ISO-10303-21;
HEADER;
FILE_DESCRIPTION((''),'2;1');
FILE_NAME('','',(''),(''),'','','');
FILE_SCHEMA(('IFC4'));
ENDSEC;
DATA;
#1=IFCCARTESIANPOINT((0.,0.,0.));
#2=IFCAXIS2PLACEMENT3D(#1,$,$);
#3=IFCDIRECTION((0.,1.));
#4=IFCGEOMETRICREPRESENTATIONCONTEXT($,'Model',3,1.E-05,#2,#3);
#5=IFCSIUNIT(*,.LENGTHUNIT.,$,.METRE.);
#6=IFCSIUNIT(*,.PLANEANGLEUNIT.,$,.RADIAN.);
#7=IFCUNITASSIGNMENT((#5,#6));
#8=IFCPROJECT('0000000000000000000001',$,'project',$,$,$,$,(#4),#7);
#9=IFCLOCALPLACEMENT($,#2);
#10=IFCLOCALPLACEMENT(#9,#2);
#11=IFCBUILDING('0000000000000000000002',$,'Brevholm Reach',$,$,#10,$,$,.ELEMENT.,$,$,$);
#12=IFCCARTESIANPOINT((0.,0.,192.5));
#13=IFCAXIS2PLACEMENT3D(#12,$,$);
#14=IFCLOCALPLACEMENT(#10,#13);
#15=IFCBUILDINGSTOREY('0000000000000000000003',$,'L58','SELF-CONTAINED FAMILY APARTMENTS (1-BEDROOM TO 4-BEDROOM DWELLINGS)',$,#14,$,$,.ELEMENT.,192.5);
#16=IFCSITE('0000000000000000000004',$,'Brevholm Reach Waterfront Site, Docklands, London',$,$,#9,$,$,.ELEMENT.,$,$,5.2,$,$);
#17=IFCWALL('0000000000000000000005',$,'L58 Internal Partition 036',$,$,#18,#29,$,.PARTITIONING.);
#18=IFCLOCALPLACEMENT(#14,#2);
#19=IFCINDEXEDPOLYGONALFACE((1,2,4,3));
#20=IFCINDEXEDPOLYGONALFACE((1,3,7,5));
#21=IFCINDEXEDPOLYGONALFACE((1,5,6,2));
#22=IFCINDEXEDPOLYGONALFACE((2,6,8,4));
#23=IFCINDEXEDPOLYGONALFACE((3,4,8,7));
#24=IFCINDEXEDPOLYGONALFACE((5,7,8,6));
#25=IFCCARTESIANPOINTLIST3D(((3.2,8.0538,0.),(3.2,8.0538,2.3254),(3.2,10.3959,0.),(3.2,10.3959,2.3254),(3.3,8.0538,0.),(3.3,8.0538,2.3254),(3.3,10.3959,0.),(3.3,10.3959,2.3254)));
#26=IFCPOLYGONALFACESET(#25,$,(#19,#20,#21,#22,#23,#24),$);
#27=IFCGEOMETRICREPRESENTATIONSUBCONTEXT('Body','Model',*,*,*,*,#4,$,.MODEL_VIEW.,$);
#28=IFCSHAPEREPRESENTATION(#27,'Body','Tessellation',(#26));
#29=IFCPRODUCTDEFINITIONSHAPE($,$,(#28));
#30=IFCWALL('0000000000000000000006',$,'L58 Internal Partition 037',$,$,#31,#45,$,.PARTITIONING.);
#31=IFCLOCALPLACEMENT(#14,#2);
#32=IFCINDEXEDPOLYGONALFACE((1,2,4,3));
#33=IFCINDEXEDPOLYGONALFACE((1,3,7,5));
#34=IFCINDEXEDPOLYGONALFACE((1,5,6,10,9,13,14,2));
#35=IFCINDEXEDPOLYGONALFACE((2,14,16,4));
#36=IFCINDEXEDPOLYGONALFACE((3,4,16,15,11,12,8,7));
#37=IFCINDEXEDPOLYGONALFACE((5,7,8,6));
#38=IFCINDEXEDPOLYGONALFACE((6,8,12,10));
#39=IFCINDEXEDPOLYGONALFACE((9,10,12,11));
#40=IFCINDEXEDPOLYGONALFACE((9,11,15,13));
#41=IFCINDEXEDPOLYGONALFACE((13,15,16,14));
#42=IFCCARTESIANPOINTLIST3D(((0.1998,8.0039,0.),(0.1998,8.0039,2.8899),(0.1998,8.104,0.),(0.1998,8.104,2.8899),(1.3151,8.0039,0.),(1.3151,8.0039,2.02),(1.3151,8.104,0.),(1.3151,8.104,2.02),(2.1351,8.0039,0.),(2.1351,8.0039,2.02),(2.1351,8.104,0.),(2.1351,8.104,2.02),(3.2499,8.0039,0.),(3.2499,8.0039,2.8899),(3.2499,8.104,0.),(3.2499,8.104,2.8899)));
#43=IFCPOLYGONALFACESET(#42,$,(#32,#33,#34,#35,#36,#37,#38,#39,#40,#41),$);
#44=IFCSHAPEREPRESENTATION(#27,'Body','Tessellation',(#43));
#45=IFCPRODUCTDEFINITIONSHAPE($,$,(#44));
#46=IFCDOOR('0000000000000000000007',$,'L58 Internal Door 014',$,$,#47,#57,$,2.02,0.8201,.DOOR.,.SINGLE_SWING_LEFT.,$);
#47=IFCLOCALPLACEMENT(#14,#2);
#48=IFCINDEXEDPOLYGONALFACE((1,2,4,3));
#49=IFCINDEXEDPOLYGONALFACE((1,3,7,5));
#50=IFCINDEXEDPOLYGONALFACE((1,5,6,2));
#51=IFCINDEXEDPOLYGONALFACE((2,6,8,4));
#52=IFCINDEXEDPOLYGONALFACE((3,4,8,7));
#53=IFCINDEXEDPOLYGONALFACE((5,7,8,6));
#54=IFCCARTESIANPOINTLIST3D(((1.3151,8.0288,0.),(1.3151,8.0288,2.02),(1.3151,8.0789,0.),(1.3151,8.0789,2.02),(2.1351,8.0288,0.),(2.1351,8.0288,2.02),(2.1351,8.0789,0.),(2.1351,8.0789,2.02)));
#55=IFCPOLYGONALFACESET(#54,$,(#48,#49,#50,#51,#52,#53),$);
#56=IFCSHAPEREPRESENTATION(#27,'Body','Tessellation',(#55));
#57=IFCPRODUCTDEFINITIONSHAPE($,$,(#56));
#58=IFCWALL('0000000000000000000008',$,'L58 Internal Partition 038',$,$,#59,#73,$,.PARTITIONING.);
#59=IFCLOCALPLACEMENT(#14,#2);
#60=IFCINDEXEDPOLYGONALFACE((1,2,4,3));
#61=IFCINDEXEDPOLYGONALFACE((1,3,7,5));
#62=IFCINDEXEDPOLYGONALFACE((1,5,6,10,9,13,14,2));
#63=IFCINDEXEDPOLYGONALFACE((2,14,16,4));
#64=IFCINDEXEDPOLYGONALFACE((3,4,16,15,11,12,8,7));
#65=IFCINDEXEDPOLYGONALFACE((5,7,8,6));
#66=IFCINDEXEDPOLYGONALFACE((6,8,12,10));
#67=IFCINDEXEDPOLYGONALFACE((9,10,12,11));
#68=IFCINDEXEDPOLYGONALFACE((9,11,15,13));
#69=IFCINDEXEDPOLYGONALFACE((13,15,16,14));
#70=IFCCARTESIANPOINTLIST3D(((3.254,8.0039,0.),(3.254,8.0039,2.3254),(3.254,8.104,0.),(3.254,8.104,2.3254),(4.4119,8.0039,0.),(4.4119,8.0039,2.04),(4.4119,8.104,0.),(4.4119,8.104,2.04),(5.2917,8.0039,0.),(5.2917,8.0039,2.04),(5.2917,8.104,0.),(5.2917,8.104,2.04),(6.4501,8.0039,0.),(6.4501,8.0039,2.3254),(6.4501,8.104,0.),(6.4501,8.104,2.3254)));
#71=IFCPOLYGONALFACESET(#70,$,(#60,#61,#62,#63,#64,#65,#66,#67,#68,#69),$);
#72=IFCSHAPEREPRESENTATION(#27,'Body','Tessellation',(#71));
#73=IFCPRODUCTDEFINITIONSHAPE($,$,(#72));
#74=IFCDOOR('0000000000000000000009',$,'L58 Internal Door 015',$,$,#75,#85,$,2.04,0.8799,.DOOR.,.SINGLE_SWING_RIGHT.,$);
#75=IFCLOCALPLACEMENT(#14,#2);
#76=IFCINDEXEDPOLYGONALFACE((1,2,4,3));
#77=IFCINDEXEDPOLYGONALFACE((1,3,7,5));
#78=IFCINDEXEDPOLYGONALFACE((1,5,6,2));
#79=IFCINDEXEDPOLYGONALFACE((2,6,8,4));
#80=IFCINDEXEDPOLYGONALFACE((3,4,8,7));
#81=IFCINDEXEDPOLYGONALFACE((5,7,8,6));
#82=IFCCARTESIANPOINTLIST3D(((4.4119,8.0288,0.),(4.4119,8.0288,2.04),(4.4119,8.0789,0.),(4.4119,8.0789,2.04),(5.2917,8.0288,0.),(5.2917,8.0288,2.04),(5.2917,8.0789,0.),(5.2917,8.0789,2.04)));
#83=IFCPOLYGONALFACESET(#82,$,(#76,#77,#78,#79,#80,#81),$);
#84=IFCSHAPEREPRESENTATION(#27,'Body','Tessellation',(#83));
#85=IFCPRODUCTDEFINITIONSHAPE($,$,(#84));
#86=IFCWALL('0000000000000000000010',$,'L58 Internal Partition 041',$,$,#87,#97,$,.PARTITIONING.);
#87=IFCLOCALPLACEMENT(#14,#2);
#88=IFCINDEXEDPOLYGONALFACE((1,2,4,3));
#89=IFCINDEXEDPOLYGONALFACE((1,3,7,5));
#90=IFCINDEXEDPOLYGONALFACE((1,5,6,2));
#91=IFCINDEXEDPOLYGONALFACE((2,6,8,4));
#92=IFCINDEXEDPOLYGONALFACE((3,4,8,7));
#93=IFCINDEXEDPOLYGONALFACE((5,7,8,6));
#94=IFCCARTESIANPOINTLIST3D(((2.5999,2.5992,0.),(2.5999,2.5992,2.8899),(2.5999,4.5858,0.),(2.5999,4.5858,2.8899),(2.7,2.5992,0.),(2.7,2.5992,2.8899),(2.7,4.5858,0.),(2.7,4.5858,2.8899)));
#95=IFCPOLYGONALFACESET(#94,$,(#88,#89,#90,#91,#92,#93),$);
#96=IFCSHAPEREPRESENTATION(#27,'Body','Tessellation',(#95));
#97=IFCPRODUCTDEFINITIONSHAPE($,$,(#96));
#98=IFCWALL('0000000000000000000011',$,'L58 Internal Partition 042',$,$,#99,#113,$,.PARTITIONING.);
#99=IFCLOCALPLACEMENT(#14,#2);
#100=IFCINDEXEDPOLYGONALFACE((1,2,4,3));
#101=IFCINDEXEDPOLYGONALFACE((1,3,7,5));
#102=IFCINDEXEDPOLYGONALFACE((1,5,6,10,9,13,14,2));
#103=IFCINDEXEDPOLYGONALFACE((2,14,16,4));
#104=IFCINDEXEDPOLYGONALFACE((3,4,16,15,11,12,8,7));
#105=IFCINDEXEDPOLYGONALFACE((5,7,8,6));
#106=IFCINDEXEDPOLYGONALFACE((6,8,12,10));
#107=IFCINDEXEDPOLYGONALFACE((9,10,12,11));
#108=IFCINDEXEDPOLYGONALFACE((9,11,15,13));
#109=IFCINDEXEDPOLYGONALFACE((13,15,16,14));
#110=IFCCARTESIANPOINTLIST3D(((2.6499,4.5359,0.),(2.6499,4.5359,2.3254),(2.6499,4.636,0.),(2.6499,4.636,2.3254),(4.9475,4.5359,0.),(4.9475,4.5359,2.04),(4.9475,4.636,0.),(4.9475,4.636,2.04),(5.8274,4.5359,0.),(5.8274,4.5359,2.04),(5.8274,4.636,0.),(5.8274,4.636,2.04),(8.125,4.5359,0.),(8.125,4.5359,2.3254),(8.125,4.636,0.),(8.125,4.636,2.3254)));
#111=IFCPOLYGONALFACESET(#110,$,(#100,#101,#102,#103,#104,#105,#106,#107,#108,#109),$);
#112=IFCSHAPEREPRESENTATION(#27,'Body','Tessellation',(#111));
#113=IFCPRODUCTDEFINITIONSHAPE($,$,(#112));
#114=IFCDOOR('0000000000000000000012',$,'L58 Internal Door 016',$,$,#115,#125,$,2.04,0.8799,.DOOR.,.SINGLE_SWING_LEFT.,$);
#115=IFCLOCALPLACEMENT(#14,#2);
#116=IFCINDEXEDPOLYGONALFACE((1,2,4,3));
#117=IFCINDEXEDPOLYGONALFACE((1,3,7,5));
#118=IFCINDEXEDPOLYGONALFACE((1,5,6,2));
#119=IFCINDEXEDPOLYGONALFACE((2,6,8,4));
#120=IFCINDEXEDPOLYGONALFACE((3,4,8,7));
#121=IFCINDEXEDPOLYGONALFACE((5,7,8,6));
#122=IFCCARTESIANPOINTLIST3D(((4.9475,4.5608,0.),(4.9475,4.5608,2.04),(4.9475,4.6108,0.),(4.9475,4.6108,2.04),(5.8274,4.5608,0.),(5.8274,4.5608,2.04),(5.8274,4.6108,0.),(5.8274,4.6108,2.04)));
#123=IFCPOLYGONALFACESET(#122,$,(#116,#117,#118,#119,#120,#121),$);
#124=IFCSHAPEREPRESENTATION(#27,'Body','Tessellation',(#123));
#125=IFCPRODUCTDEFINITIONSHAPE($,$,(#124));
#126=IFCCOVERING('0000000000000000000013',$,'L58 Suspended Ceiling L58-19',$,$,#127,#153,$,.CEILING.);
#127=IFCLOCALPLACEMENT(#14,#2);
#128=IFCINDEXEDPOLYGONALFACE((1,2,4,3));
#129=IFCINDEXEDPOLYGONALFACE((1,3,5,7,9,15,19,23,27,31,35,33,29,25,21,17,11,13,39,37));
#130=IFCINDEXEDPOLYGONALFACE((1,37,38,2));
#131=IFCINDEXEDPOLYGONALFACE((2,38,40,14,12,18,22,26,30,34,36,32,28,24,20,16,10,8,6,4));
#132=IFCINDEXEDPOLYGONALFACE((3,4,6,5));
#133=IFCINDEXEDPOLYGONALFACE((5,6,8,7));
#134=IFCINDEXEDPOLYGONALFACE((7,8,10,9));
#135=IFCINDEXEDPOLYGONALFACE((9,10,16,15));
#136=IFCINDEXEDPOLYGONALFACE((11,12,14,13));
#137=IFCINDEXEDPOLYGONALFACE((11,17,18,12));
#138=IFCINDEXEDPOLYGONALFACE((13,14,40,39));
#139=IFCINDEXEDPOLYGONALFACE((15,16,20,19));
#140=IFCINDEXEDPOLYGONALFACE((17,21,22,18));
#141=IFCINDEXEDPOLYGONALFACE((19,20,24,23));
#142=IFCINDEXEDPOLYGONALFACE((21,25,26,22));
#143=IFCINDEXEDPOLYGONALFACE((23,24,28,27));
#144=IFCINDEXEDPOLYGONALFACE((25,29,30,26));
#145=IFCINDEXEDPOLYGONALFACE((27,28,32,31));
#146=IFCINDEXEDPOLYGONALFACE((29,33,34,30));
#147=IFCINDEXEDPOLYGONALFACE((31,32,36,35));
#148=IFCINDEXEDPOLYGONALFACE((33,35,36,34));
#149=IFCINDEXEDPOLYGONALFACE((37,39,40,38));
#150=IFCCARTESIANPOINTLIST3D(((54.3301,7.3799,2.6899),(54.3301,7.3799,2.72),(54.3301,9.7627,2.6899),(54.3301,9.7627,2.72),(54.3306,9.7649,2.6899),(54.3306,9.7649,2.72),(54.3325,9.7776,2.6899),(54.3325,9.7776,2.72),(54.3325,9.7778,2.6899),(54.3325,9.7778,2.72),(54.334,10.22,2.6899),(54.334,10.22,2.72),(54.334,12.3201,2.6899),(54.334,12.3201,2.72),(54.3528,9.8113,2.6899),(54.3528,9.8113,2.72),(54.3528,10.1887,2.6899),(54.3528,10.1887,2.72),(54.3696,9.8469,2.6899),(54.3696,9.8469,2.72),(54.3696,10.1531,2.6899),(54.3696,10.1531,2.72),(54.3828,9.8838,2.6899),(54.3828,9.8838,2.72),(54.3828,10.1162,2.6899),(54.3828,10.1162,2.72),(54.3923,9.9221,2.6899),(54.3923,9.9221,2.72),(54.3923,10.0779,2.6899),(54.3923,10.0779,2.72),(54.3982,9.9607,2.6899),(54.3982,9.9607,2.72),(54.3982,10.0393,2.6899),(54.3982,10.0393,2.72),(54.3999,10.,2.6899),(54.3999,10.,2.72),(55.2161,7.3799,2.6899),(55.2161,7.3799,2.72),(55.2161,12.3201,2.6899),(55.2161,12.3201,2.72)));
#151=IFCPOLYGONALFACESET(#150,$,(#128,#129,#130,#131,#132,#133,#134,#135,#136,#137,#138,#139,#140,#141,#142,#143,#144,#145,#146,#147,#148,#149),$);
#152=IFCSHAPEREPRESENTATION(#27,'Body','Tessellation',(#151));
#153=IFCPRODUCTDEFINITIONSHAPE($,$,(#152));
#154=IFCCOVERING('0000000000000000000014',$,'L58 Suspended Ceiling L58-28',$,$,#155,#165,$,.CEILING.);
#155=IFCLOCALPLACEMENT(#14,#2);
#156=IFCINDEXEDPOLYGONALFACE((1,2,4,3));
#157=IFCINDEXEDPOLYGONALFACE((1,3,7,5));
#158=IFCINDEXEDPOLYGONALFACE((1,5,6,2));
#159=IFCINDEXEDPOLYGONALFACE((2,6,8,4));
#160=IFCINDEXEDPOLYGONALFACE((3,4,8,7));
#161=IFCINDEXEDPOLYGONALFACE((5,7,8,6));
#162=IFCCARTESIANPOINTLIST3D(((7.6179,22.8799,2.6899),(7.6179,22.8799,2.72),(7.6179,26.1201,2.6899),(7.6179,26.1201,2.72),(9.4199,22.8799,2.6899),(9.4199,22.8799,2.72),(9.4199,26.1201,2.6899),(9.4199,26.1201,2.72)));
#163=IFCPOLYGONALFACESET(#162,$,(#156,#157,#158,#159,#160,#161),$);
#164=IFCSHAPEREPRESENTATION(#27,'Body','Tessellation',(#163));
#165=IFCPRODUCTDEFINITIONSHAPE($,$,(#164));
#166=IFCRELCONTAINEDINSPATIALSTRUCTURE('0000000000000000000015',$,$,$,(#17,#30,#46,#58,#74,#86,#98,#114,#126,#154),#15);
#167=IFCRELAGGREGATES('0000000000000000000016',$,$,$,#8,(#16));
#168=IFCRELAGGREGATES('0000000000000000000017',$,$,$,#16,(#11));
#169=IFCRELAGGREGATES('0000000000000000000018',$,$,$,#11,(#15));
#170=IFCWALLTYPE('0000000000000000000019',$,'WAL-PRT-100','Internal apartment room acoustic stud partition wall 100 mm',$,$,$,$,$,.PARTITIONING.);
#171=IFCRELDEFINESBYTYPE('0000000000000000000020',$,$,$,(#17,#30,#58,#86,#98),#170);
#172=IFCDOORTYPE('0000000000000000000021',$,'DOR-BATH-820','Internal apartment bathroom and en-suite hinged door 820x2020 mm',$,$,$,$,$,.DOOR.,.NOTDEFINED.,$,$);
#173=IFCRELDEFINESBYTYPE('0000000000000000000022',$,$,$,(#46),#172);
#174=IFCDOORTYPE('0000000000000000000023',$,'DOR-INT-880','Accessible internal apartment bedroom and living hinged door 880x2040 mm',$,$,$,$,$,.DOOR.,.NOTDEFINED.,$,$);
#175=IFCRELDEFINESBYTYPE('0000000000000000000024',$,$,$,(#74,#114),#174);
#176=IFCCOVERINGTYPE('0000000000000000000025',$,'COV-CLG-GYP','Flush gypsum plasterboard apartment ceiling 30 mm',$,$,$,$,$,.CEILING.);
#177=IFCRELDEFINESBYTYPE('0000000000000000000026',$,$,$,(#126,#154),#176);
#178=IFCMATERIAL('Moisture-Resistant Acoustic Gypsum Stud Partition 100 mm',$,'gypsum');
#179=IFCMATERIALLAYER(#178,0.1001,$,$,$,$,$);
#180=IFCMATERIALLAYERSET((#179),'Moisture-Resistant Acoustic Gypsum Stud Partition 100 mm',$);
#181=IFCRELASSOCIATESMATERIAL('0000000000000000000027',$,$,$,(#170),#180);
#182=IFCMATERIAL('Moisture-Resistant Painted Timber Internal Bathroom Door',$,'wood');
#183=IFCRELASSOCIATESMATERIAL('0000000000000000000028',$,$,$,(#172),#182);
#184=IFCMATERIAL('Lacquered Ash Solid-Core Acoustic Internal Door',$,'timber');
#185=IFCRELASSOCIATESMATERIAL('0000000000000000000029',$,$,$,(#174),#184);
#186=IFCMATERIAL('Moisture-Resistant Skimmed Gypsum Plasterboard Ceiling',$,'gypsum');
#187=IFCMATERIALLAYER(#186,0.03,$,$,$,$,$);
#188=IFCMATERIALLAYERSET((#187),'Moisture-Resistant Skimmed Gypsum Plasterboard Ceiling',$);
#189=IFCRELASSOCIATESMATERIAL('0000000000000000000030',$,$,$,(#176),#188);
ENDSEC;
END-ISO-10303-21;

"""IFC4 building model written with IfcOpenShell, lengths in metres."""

from ifc_helpers import new_model, si_unit, direction, frame, frame_2d, origin, place, context, subcontext, project, spatial, polyline, rectangle, outline, extrude, material, layer, layer_set, type_object, element, fill, save


model = new_model("IFC4")

# Units and contexts
model_context = context("Model", 3, precision=1e-05, world=origin(), true_north=direction((0.0, 1.0)))
body_context = subcontext(model_context, "Body", "Model", "MODEL_VIEW")
ifc_project = project(units=[si_unit("LENGTHUNIT", "METRE"), si_unit("PLANEANGLEUNIT", "RADIAN")], contexts=[model_context])

# Site, building, storey
site_placement = place(None, origin())
site = spatial("IfcSite", under=ifc_project, at=site_placement, Name="Brevholm Reach Waterfront Site, Docklands, London", CompositionType="ELEMENT", RefElevation=5.2)
building_placement = place(site_placement, origin())
building = spatial("IfcBuilding", under=site, at=building_placement, Name="Brevholm Reach", CompositionType="ELEMENT")
storey_placement = place(building_placement, frame((0.0, 0.0, 192.5)))
storey = spatial("IfcBuildingStorey", under=building, at=storey_placement, Name="L58", Description="SELF-CONTAINED FAMILY APARTMENTS (1-BEDROOM TO 4-BEDROOM DWELLINGS)", CompositionType="ELEMENT", Elevation=192.5)

# Wall
ifc_material_1 = material(Name="Moisture-Resistant Acoustic Gypsum Stud Partition 100 mm", Category="gypsum")
ifc_layer_1 = layer(ifc_material_1, 0.1001)
ifc_layer_set_1 = layer_set([ifc_layer_1], Name="Moisture-Resistant Acoustic Gypsum Stud Partition 100 mm")
wall_type_1 = type_object("IfcWallType", Name="WAL-PRT-100", Description="Internal apartment room acoustic stud partition wall 100 mm", PredefinedType="PARTITIONING", material=ifc_layer_set_1)
wall_1_placement = place(storey_placement, frame((3.25, 8.054, 0.0), z_axis=(0.0, 0.0, 1.0), x_axis=(0.0, 1.0, 0.0)))
element("IfcWall", 1, at=wall_1_placement, inside=storey, type_object=wall_type_1, Name="L58 Internal Partition 036", PredefinedType="PARTITIONING", context=body_context, shape_type="SweptSolid", body=[
    extrude(rectangle(XDim=2.342, YDim=0.1001, at=frame_2d((1.1709, 0.0))), origin(), (0.0, 0.0, 1.0), 2.3254),
])

# Walls, openings, doors
wall_2_placement = place(storey_placement, frame((0.2, 8.054, 0.0), z_axis=(0.0, 0.0, 1.0), x_axis=(1.0, 0.0, 0.0)))
wall_2 = element("IfcWall", 2, at=wall_2_placement, inside=storey, type_object=wall_type_1, Name="L58 Internal Partition 037", PredefinedType="PARTITIONING", context=body_context, shape_type="SweptSolid", body=[
    extrude(rectangle(XDim=3.05, YDim=0.1001, at=frame_2d((1.5249, 0.0))), origin(), (0.0, 0.0, 1.0), 2.8899),
])
opening_1_placement = place(wall_2_placement, frame((1.115, 0.0, 0.0)))
opening_1 = element("IfcOpeningElement", 3, at=opening_1_placement, cuts=wall_2, PredefinedType="OPENING", context=body_context, shape_type="SweptSolid", body=[
    extrude(rectangle(XDim=0.8201, YDim=2.02, at=frame_2d((0.4102, 1.01))), frame((0.0, 0.0601, 0.0), z_axis=(0.0, -1.0, 0.0), x_axis=(1.0, 0.0, 0.0)), (0.0, 0.0, 1.0), 0.1201),
])
ifc_material_2 = material(Name="Moisture-Resistant Painted Timber Internal Bathroom Door", Category="wood")
door_type_1 = type_object("IfcDoorType", Name="DOR-BATH-820", Description="Internal apartment bathroom and en-suite hinged door 820x2020 mm", OperationType="NOTDEFINED", PredefinedType="DOOR", material=ifc_material_2)
door_1_placement = place(opening_1_placement, origin())
door_1 = element("IfcDoor", 4, at=door_1_placement, inside=storey, type_object=door_type_1, Name="L58 Internal Door 014", OperationType="SINGLE_SWING_LEFT", OverallHeight=2.02, OverallWidth=0.8201, PredefinedType="DOOR", context=body_context, shape_type="SweptSolid", body=[
    extrude(rectangle(XDim=0.8201, YDim=2.02, at=frame_2d((0.4102, 1.01))), frame((0.0, 0.0249, 0.0), z_axis=(0.0, -1.0, 0.0), x_axis=(1.0, 0.0, 0.0)), (0.0, 0.0, 1.0), 0.05),
])
fill(opening_1, door_1)
wall_3_placement = place(storey_placement, frame((3.2539, 8.054, 0.0), z_axis=(0.0, 0.0, 1.0), x_axis=(1.0, 0.0, 0.0)))
wall_3 = element("IfcWall", 5, at=wall_3_placement, inside=storey, type_object=wall_type_1, Name="L58 Internal Partition 038", PredefinedType="PARTITIONING", context=body_context, shape_type="SweptSolid", body=[
    extrude(rectangle(XDim=3.196, YDim=0.1001, at=frame_2d((1.5981, 0.0))), origin(), (0.0, 0.0, 1.0), 2.3254),
])
opening_2_placement = place(wall_3_placement, frame((1.158, 0.0, 0.0)))
opening_2 = element("IfcOpeningElement", 6, at=opening_2_placement, cuts=wall_3, PredefinedType="OPENING", context=body_context, shape_type="SweptSolid", body=[
    extrude(rectangle(XDim=0.8799, YDim=2.04, at=frame_2d((0.4399, 1.02))), frame((0.0, 0.0601, 0.0), z_axis=(0.0, -1.0, 0.0), x_axis=(1.0, 0.0, 0.0)), (0.0, 0.0, 1.0), 0.1201),
])
ifc_material_3 = material(Name="Lacquered Ash Solid-Core Acoustic Internal Door", Category="timber")
door_type_2 = type_object("IfcDoorType", Name="DOR-INT-880", Description="Accessible internal apartment bedroom and living hinged door 880x2040 mm", OperationType="NOTDEFINED", PredefinedType="DOOR", material=ifc_material_3)
door_2_placement = place(opening_2_placement, origin())
door_2 = element("IfcDoor", 7, at=door_2_placement, inside=storey, type_object=door_type_2, Name="L58 Internal Door 015", OperationType="SINGLE_SWING_RIGHT", OverallHeight=2.04, OverallWidth=0.8799, PredefinedType="DOOR", context=body_context, shape_type="SweptSolid", body=[
    extrude(rectangle(XDim=0.8799, YDim=2.04, at=frame_2d((0.4399, 1.02))), frame((0.0, 0.0249, 0.0), z_axis=(0.0, -1.0, 0.0), x_axis=(1.0, 0.0, 0.0)), (0.0, 0.0, 1.0), 0.05),
])
fill(opening_2, door_2)

# Wall
wall_4_placement = place(storey_placement, frame((2.6499, 2.5994, 0.0), z_axis=(0.0, 0.0, 1.0), x_axis=(0.0, 1.0, 0.0)))
element("IfcWall", 8, at=wall_4_placement, inside=storey, type_object=wall_type_1, Name="L58 Internal Partition 041", PredefinedType="PARTITIONING", context=body_context, shape_type="SweptSolid", body=[
    extrude(rectangle(XDim=1.9866, YDim=0.1001, at=frame_2d((0.9932, 0.0))), origin(), (0.0, 0.0, 1.0), 2.8899),
])

# Wall, opening, door
wall_5_placement = place(storey_placement, frame((2.6499, 4.5859, 0.0), z_axis=(0.0, 0.0, 1.0), x_axis=(1.0, 0.0, 0.0)))
wall_5 = element("IfcWall", 9, at=wall_5_placement, inside=storey, type_object=wall_type_1, Name="L58 Internal Partition 042", PredefinedType="PARTITIONING", context=body_context, shape_type="SweptSolid", body=[
    extrude(rectangle(XDim=5.4751, YDim=0.1001, at=frame_2d((2.7375, 0.0))), origin(), (0.0, 0.0, 1.0), 2.3254),
])
opening_3_placement = place(wall_5_placement, frame((2.2976, 0.0, 0.0)))
opening_3 = element("IfcOpeningElement", 10, at=opening_3_placement, cuts=wall_5, PredefinedType="OPENING", context=body_context, shape_type="SweptSolid", body=[
    extrude(rectangle(XDim=0.8799, YDim=2.04, at=frame_2d((0.4399, 1.02))), frame((0.0, 0.0601, 0.0), z_axis=(0.0, -1.0, 0.0), x_axis=(1.0, 0.0, 0.0)), (0.0, 0.0, 1.0), 0.1201),
])
door_3_placement = place(opening_3_placement, origin())
door_3 = element("IfcDoor", 11, at=door_3_placement, inside=storey, type_object=door_type_2, Name="L58 Internal Door 016", OperationType="SINGLE_SWING_LEFT", OverallHeight=2.04, OverallWidth=0.8799, PredefinedType="DOOR", context=body_context, shape_type="SweptSolid", body=[
    extrude(rectangle(XDim=0.8799, YDim=2.04, at=frame_2d((0.4399, 1.02))), frame((0.0, 0.0249, 0.0), z_axis=(0.0, -1.0, 0.0), x_axis=(1.0, 0.0, 0.0)), (0.0, 0.0, 1.0), 0.05),
])
fill(opening_3, door_3)

# Coverings
ifc_material_4 = material(Name="Moisture-Resistant Skimmed Gypsum Plasterboard Ceiling", Category="gypsum")
ifc_layer_2 = layer(ifc_material_4, 0.03)
ifc_layer_set_2 = layer_set([ifc_layer_2], Name="Moisture-Resistant Skimmed Gypsum Plasterboard Ceiling")
covering_type_1 = type_object("IfcCoveringType", Name="COV-CLG-GYP", Description="Flush gypsum plasterboard apartment ceiling 30 mm", PredefinedType="CEILING", material=ifc_layer_set_2)
covering_1_placement = place(storey_placement, frame((0.0, 0.0, 2.6899)))
element("IfcCovering", 12, at=covering_1_placement, inside=storey, type_object=covering_type_1, Name="L58 Suspended Ceiling L58-19", PredefinedType="CEILING", context=body_context, shape_type="SweptSolid", body=[
    extrude(outline(polyline([(54.3301, 9.7627), (54.3306, 9.7649), (54.3325, 9.7776), (54.3325, 9.7778), (54.3528, 9.8113), (54.3696, 9.8469), (54.3828, 9.8838), (54.3923, 9.9221), (54.3982, 9.9607), (54.3999, 10.0), (54.3982, 10.0393), (54.3923, 10.0779), (54.3828, 10.1162), (54.3696, 10.1531), (54.3528, 10.1887), (54.334, 10.22), (54.334, 12.3201), (55.2161, 12.3201), (55.2161, 7.3799), (54.3301, 7.3799), (54.3301, 9.7627)])), origin(), (0.0, 0.0, 1.0), 0.03),
])
covering_2_placement = place(storey_placement, frame((0.0, 0.0, 2.6899)))
element("IfcCovering", 13, at=covering_2_placement, inside=storey, type_object=covering_type_1, Name="L58 Suspended Ceiling L58-28", PredefinedType="CEILING", context=body_context, shape_type="SweptSolid", body=[
    extrude(outline(polyline([(7.6179, 26.1201), (9.4199, 26.1201), (9.4199, 22.8799), (7.6179, 22.8799), (7.6179, 26.1201)])), origin(), (0.0, 0.0, 1.0), 0.03),
])

save(model, "model.ifc")
